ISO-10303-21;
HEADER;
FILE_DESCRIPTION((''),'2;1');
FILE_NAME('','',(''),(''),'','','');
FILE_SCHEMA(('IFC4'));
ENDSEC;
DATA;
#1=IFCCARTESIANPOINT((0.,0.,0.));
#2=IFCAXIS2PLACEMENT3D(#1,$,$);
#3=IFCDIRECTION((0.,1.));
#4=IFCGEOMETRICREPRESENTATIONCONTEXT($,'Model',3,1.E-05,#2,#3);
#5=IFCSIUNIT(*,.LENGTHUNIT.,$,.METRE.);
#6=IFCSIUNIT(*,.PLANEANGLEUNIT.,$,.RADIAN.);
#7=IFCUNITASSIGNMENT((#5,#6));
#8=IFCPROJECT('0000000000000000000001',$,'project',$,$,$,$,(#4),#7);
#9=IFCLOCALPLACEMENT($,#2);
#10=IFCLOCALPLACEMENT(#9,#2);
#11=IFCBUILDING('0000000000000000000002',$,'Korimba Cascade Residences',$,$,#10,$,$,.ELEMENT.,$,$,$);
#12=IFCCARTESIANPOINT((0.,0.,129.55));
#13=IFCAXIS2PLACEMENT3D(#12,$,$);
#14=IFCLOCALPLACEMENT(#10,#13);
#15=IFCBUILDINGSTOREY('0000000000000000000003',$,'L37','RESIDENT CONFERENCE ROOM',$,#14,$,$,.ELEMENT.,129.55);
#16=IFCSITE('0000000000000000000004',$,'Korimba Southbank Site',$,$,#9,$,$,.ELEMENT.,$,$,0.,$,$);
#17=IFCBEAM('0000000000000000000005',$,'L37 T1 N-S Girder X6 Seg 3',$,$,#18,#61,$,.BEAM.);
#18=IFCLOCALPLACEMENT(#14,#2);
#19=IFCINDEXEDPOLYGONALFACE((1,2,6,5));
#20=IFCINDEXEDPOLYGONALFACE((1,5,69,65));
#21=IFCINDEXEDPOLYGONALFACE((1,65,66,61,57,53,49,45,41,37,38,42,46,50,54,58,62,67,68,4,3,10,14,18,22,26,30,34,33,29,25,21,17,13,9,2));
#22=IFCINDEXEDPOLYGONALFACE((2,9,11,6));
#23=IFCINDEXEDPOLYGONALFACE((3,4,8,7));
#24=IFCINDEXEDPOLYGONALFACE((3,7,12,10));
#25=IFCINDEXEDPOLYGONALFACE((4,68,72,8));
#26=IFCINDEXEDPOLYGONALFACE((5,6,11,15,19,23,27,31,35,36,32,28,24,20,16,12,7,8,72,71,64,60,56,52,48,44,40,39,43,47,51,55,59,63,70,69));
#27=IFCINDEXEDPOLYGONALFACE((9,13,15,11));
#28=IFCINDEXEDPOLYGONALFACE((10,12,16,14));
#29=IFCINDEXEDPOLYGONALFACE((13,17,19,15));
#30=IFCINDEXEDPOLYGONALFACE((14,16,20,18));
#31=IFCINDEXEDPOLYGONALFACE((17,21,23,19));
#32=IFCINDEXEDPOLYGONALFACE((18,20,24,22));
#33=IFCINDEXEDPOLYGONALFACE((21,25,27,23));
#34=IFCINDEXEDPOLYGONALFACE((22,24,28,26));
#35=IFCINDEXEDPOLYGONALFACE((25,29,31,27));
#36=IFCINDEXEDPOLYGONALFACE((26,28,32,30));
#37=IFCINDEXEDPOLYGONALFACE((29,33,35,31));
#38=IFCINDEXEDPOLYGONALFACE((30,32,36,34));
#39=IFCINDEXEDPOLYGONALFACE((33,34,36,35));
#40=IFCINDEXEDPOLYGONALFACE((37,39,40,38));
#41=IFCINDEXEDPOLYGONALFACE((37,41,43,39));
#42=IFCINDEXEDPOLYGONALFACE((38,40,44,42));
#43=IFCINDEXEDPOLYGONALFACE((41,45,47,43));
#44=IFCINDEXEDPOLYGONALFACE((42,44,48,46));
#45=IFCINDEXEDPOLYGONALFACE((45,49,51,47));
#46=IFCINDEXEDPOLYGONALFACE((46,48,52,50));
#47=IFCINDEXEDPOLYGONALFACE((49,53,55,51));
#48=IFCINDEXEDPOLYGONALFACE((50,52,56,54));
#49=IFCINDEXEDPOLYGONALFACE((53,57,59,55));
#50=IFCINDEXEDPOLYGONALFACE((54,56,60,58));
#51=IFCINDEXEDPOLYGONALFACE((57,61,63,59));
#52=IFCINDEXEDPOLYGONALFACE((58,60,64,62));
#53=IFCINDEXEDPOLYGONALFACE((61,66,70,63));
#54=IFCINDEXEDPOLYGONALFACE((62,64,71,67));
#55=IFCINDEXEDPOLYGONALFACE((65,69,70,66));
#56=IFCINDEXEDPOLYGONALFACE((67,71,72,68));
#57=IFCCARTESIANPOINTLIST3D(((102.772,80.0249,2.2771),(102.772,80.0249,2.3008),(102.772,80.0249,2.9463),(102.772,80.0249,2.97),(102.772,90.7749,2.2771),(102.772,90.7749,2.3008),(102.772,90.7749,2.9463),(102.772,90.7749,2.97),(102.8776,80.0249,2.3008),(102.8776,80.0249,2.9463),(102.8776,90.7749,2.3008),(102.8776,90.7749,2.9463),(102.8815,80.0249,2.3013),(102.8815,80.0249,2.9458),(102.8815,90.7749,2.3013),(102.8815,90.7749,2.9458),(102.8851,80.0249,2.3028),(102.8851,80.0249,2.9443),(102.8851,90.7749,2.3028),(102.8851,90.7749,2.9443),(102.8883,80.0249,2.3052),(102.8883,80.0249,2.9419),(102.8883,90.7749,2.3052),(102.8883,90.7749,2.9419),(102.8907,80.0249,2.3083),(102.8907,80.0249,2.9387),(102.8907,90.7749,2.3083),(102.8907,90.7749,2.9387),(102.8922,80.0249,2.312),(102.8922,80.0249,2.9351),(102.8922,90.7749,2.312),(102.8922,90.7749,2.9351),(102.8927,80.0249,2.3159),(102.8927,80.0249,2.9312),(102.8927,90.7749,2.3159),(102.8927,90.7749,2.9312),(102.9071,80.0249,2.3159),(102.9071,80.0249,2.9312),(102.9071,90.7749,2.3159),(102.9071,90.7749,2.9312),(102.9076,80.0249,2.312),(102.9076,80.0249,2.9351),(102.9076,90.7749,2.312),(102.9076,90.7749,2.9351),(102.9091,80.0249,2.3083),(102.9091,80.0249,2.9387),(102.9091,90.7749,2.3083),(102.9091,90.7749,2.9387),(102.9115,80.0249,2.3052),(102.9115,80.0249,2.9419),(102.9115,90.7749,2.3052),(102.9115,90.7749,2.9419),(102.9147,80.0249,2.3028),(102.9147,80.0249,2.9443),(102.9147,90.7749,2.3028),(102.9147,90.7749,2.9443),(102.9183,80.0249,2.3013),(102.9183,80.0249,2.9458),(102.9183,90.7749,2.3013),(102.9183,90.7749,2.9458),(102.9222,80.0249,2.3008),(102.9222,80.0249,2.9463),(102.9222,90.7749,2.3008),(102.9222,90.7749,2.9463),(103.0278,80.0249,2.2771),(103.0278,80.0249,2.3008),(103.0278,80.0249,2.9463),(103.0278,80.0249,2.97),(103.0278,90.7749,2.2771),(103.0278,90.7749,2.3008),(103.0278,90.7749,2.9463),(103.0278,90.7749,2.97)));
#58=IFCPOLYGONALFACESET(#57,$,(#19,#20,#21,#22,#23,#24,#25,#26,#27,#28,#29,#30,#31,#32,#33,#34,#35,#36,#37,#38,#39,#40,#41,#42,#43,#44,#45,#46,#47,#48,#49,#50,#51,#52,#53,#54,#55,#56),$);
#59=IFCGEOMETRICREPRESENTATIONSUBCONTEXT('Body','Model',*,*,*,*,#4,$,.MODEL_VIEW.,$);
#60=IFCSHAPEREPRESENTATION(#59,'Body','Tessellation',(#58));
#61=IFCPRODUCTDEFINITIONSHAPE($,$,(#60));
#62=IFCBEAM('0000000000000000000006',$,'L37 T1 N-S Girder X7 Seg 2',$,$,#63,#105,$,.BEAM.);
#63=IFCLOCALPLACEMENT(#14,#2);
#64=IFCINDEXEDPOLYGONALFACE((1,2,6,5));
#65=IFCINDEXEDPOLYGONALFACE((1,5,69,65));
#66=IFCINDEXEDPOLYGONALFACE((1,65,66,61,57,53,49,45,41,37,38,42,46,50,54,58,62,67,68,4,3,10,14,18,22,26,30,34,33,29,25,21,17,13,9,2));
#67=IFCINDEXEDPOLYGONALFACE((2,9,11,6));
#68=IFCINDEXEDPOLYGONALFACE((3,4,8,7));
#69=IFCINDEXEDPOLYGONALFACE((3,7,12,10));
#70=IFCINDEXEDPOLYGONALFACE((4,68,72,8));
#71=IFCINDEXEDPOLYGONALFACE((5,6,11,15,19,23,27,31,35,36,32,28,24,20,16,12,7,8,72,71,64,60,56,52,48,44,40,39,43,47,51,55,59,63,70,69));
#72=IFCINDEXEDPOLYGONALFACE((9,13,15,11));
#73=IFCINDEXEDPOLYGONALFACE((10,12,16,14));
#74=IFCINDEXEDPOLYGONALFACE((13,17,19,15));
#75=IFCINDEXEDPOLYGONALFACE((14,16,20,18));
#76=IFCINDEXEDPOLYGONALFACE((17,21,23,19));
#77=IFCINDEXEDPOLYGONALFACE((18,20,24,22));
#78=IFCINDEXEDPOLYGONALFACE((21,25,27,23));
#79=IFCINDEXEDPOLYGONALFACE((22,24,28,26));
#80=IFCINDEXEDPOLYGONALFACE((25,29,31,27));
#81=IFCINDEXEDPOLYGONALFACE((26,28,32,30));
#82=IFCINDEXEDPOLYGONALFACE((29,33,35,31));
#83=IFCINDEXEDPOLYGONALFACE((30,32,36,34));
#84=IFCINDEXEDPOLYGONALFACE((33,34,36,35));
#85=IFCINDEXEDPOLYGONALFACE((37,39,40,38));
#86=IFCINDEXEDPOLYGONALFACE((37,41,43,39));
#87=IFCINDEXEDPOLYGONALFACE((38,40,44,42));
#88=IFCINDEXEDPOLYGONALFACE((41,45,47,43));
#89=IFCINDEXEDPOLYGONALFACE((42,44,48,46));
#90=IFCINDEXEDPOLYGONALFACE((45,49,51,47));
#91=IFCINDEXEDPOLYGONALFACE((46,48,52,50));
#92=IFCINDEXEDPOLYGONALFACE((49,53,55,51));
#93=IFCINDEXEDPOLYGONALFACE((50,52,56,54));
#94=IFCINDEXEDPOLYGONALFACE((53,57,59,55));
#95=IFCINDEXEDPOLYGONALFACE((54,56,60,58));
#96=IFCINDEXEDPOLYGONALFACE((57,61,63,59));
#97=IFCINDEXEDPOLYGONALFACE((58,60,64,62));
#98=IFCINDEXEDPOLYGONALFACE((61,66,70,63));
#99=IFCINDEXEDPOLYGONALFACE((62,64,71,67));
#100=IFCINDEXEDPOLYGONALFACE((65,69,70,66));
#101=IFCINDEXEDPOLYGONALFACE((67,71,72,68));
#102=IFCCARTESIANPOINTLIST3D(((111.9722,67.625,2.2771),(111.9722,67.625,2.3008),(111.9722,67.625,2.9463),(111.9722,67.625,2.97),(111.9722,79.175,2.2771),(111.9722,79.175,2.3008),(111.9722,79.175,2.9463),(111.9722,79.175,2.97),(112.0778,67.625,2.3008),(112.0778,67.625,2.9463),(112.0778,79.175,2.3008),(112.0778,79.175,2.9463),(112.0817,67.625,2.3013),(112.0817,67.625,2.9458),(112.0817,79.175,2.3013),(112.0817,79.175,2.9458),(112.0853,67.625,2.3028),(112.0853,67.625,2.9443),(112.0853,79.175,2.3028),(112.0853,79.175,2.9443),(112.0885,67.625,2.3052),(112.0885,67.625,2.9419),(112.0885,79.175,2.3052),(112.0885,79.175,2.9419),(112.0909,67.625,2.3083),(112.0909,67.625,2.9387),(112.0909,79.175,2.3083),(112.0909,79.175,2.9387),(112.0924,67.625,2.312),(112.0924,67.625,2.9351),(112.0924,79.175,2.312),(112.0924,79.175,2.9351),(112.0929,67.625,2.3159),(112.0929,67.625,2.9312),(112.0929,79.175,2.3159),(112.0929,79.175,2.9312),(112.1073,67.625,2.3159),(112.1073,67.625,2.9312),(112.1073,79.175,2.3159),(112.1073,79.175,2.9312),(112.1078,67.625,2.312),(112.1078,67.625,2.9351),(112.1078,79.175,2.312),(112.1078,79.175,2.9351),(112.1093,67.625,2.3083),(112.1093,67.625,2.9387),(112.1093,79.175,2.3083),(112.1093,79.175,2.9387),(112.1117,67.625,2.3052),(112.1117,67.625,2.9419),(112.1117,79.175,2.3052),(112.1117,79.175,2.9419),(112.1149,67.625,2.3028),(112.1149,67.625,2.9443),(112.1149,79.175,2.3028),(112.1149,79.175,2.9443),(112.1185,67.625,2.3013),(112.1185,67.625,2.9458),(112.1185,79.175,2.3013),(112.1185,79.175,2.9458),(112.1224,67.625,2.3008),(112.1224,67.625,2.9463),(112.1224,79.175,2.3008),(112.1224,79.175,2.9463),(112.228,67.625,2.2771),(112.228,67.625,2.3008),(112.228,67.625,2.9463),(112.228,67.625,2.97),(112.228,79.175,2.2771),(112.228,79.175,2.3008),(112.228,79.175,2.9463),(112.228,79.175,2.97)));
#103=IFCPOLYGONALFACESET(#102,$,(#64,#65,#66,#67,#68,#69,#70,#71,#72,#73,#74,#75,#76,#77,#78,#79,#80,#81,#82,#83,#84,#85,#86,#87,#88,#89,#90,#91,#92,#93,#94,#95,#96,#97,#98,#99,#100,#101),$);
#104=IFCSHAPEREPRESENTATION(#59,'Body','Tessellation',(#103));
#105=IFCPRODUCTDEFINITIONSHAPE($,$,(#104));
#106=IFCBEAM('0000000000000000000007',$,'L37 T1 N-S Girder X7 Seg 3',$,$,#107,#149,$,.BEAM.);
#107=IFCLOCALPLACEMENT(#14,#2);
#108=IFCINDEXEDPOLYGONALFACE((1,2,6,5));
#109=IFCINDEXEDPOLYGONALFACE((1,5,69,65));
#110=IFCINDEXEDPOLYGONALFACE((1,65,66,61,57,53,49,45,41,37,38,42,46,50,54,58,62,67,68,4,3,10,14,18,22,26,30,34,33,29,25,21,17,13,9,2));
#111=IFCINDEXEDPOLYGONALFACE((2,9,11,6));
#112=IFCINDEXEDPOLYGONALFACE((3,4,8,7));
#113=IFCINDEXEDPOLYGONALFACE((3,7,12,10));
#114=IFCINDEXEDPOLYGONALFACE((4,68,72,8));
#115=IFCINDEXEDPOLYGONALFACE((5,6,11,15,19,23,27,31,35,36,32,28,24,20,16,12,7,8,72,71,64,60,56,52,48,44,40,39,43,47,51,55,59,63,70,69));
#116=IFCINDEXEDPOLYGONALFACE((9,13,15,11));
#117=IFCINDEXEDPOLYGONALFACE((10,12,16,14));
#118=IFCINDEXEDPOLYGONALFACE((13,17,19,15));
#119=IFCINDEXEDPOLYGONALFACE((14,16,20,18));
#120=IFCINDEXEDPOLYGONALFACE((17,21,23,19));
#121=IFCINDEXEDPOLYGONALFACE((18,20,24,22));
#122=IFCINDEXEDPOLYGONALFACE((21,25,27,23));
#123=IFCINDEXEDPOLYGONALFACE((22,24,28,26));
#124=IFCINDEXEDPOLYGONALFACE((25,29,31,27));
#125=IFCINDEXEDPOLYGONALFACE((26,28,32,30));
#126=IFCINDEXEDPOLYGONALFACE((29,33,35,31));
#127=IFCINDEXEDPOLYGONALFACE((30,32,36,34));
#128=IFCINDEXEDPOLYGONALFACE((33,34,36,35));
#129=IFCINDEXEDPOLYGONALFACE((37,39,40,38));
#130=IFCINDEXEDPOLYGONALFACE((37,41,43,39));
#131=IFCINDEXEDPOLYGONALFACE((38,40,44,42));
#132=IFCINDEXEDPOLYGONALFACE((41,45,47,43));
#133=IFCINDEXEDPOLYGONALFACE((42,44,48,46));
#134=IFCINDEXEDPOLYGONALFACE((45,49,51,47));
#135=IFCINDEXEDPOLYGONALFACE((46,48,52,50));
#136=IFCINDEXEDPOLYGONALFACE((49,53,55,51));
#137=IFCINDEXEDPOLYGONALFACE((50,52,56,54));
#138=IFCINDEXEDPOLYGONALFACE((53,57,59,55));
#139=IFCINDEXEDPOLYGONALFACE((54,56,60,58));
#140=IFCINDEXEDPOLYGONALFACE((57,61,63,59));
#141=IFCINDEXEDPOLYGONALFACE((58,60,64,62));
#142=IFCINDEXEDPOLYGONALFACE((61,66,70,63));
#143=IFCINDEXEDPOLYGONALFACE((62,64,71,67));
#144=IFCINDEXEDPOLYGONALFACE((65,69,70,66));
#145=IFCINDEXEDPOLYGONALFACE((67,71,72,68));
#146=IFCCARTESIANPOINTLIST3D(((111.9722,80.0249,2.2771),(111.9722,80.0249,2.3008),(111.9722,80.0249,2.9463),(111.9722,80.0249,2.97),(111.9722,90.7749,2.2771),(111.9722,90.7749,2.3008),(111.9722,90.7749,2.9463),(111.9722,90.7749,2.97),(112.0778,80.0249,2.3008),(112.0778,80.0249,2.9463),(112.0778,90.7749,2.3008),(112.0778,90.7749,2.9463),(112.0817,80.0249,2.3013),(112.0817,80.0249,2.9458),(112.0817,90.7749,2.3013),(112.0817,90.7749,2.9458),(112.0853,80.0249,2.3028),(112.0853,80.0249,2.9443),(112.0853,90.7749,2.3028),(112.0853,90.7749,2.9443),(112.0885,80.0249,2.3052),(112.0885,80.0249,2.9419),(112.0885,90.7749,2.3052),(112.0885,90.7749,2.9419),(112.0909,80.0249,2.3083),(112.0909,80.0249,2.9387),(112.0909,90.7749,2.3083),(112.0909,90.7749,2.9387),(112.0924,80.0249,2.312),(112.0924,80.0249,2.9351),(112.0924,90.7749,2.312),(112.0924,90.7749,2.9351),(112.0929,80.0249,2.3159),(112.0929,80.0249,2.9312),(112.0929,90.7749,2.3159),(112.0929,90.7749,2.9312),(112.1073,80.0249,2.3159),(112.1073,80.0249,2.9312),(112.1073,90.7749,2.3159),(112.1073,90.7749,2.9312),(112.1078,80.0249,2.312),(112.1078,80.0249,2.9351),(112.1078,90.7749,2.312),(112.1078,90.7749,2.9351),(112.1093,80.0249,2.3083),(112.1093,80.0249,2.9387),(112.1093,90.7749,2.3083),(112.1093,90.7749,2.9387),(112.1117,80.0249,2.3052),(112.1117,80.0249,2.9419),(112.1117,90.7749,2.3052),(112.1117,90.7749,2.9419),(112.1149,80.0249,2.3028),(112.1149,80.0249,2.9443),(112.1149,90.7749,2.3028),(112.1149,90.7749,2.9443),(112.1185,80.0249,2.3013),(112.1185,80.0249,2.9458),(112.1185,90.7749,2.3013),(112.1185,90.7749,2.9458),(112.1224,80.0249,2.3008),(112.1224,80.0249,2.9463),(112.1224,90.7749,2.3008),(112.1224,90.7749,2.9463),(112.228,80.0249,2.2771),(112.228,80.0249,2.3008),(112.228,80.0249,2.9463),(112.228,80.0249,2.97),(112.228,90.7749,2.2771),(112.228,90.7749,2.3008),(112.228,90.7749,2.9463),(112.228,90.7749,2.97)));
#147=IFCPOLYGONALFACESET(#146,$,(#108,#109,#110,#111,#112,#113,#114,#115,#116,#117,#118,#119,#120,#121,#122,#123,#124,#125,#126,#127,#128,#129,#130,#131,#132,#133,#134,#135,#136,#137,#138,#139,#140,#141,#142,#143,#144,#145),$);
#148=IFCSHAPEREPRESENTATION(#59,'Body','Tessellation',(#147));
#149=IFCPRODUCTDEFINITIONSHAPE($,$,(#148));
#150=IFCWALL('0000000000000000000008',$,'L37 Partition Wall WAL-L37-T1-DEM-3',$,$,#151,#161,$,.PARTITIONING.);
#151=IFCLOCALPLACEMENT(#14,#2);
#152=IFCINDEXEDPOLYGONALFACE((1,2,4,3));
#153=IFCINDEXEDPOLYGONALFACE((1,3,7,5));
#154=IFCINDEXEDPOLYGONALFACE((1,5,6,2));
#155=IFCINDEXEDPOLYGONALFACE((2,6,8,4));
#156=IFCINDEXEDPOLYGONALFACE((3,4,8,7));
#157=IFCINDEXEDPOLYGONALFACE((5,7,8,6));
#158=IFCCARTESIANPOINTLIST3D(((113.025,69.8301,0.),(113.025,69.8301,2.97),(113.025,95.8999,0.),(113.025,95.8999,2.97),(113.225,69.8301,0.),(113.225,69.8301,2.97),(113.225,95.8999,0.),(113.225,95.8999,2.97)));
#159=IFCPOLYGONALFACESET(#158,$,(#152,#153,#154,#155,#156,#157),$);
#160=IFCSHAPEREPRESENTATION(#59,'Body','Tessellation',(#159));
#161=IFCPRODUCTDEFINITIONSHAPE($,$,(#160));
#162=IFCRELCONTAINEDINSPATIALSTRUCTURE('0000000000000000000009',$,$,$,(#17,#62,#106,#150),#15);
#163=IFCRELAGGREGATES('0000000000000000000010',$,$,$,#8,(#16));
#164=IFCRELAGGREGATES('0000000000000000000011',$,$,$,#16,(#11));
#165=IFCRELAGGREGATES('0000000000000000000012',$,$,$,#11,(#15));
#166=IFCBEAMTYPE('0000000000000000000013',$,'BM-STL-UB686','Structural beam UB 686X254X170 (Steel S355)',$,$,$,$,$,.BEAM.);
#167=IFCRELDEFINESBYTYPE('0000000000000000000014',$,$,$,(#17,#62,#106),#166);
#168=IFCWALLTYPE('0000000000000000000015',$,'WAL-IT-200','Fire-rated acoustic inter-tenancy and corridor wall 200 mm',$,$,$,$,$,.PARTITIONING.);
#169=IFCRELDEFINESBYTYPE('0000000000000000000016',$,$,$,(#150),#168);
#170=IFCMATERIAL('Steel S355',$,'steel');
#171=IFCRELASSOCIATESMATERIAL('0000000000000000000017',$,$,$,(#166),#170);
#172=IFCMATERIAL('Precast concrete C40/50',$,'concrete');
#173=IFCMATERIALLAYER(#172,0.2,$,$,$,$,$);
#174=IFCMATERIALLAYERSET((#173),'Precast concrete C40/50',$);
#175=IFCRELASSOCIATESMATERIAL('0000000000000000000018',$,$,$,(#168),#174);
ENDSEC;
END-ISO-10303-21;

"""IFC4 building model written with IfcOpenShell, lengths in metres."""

from ifc_helpers import new_model, si_unit, direction, frame, frame_2d, origin, origin_2d, place, context, subcontext, project, spatial, rectangle, i_section, extrude, material, layer, layer_set, material_profile, profile_set, type_object, element, save


model = new_model("IFC4")

# Units and contexts
model_context = context("Model", 3, precision=1e-05, world=origin(), true_north=direction((0.0, 1.0)))
body_context = subcontext(model_context, "Body", "Model", "MODEL_VIEW")
ifc_project = project(units=[si_unit("LENGTHUNIT", "METRE"), si_unit("PLANEANGLEUNIT", "RADIAN")], contexts=[model_context])

# Site, building, storey
site_placement = place(None, origin())
site = spatial("IfcSite", under=ifc_project, at=site_placement, Name="Korimba Southbank Site", CompositionType="ELEMENT", RefElevation=0.0)
building_placement = place(site_placement, origin())
building = spatial("IfcBuilding", under=site, at=building_placement, Name="Korimba Cascade Residences", CompositionType="ELEMENT")
storey_placement = place(building_placement, frame((0.0, 0.0, 129.55)))
storey = spatial("IfcBuildingStorey", under=building, at=storey_placement, Name="L37", Description="RESIDENT CONFERENCE ROOM", CompositionType="ELEMENT", Elevation=129.55)

# Beams
ifc_material_1 = material(Name="Steel S355", Category="steel")
ifc_material_profile_1 = material_profile(ifc_material_1, i_section(OverallWidth=0.2559, OverallDepth=0.6929, WebThickness=0.0144, FlangeThickness=0.0237, FilletRadius=0.0151, at=origin_2d()), Name="Steel S355")
ifc_profile_set_1 = profile_set([ifc_material_profile_1], Name="Steel S355")
beam_type_1 = type_object("IfcBeamType", Name="BM-STL-UB686", Description="Structural beam UB 686X254X170 (Steel S355)", PredefinedType="BEAM", material=ifc_profile_set_1)
beam_1_placement = place(storey_placement, frame((102.8999, 80.0249, 2.6235), z_axis=(0.0, 1.0, 0.0), x_axis=(-1.0, 0.0, 0.0)))
element("IfcBeam", 1, at=beam_1_placement, inside=storey, type_object=beam_type_1, Name="L37 T1 N-S Girder X6 Seg 3", PredefinedType="BEAM", context=body_context, shape_type="SweptSolid", body=[
    extrude(i_section(OverallWidth=0.2559, OverallDepth=0.6929, WebThickness=0.0144, FlangeThickness=0.0237, FilletRadius=0.0151, at=origin_2d()), origin(), (0.0, 0.0, 1.0), 10.75),
])
beam_2_placement = place(storey_placement, frame((112.1001, 67.625, 2.6235), z_axis=(0.0, 1.0, 0.0), x_axis=(-1.0, 0.0, 0.0)))
element("IfcBeam", 2, at=beam_2_placement, inside=storey, type_object=beam_type_1, Name="L37 T1 N-S Girder X7 Seg 2", PredefinedType="BEAM", context=body_context, shape_type="SweptSolid", body=[
    extrude(i_section(OverallWidth=0.2559, OverallDepth=0.6929, WebThickness=0.0144, FlangeThickness=0.0237, FilletRadius=0.0151, at=origin_2d()), origin(), (0.0, 0.0, 1.0), 11.55),
])
beam_3_placement = place(storey_placement, frame((112.1001, 80.0249, 2.6235), z_axis=(0.0, 1.0, 0.0), x_axis=(-1.0, 0.0, 0.0)))
element("IfcBeam", 3, at=beam_3_placement, inside=storey, type_object=beam_type_1, Name="L37 T1 N-S Girder X7 Seg 3", PredefinedType="BEAM", context=body_context, shape_type="SweptSolid", body=[
    extrude(i_section(OverallWidth=0.2559, OverallDepth=0.6929, WebThickness=0.0144, FlangeThickness=0.0237, FilletRadius=0.0151, at=origin_2d()), origin(), (0.0, 0.0, 1.0), 10.75),
])

# Wall
ifc_material_2 = material(Name="Precast concrete C40/50", Category="concrete")
ifc_layer_1 = layer(ifc_material_2, 0.2)
ifc_layer_set_1 = layer_set([ifc_layer_1], Name="Precast concrete C40/50")
wall_type_1 = type_object("IfcWallType", Name="WAL-IT-200", Description="Fire-rated acoustic inter-tenancy and corridor wall 200 mm", PredefinedType="PARTITIONING", material=ifc_layer_set_1)
wall_1_placement = place(storey_placement, frame((113.125, 69.8301, 0.0), z_axis=(0.0, 0.0, 1.0), x_axis=(0.0, 1.0, 0.0)))
element("IfcWall", 4, at=wall_1_placement, inside=storey, type_object=wall_type_1, Name="L37 Partition Wall WAL-L37-T1-DEM-3", PredefinedType="PARTITIONING", context=body_context, shape_type="SweptSolid", body=[
    extrude(rectangle(XDim=26.0698, YDim=0.2, at=frame_2d((13.0349, 0.0))), origin(), (0.0, 0.0, 1.0), 2.97),
])

save(model, "model.ifc")
